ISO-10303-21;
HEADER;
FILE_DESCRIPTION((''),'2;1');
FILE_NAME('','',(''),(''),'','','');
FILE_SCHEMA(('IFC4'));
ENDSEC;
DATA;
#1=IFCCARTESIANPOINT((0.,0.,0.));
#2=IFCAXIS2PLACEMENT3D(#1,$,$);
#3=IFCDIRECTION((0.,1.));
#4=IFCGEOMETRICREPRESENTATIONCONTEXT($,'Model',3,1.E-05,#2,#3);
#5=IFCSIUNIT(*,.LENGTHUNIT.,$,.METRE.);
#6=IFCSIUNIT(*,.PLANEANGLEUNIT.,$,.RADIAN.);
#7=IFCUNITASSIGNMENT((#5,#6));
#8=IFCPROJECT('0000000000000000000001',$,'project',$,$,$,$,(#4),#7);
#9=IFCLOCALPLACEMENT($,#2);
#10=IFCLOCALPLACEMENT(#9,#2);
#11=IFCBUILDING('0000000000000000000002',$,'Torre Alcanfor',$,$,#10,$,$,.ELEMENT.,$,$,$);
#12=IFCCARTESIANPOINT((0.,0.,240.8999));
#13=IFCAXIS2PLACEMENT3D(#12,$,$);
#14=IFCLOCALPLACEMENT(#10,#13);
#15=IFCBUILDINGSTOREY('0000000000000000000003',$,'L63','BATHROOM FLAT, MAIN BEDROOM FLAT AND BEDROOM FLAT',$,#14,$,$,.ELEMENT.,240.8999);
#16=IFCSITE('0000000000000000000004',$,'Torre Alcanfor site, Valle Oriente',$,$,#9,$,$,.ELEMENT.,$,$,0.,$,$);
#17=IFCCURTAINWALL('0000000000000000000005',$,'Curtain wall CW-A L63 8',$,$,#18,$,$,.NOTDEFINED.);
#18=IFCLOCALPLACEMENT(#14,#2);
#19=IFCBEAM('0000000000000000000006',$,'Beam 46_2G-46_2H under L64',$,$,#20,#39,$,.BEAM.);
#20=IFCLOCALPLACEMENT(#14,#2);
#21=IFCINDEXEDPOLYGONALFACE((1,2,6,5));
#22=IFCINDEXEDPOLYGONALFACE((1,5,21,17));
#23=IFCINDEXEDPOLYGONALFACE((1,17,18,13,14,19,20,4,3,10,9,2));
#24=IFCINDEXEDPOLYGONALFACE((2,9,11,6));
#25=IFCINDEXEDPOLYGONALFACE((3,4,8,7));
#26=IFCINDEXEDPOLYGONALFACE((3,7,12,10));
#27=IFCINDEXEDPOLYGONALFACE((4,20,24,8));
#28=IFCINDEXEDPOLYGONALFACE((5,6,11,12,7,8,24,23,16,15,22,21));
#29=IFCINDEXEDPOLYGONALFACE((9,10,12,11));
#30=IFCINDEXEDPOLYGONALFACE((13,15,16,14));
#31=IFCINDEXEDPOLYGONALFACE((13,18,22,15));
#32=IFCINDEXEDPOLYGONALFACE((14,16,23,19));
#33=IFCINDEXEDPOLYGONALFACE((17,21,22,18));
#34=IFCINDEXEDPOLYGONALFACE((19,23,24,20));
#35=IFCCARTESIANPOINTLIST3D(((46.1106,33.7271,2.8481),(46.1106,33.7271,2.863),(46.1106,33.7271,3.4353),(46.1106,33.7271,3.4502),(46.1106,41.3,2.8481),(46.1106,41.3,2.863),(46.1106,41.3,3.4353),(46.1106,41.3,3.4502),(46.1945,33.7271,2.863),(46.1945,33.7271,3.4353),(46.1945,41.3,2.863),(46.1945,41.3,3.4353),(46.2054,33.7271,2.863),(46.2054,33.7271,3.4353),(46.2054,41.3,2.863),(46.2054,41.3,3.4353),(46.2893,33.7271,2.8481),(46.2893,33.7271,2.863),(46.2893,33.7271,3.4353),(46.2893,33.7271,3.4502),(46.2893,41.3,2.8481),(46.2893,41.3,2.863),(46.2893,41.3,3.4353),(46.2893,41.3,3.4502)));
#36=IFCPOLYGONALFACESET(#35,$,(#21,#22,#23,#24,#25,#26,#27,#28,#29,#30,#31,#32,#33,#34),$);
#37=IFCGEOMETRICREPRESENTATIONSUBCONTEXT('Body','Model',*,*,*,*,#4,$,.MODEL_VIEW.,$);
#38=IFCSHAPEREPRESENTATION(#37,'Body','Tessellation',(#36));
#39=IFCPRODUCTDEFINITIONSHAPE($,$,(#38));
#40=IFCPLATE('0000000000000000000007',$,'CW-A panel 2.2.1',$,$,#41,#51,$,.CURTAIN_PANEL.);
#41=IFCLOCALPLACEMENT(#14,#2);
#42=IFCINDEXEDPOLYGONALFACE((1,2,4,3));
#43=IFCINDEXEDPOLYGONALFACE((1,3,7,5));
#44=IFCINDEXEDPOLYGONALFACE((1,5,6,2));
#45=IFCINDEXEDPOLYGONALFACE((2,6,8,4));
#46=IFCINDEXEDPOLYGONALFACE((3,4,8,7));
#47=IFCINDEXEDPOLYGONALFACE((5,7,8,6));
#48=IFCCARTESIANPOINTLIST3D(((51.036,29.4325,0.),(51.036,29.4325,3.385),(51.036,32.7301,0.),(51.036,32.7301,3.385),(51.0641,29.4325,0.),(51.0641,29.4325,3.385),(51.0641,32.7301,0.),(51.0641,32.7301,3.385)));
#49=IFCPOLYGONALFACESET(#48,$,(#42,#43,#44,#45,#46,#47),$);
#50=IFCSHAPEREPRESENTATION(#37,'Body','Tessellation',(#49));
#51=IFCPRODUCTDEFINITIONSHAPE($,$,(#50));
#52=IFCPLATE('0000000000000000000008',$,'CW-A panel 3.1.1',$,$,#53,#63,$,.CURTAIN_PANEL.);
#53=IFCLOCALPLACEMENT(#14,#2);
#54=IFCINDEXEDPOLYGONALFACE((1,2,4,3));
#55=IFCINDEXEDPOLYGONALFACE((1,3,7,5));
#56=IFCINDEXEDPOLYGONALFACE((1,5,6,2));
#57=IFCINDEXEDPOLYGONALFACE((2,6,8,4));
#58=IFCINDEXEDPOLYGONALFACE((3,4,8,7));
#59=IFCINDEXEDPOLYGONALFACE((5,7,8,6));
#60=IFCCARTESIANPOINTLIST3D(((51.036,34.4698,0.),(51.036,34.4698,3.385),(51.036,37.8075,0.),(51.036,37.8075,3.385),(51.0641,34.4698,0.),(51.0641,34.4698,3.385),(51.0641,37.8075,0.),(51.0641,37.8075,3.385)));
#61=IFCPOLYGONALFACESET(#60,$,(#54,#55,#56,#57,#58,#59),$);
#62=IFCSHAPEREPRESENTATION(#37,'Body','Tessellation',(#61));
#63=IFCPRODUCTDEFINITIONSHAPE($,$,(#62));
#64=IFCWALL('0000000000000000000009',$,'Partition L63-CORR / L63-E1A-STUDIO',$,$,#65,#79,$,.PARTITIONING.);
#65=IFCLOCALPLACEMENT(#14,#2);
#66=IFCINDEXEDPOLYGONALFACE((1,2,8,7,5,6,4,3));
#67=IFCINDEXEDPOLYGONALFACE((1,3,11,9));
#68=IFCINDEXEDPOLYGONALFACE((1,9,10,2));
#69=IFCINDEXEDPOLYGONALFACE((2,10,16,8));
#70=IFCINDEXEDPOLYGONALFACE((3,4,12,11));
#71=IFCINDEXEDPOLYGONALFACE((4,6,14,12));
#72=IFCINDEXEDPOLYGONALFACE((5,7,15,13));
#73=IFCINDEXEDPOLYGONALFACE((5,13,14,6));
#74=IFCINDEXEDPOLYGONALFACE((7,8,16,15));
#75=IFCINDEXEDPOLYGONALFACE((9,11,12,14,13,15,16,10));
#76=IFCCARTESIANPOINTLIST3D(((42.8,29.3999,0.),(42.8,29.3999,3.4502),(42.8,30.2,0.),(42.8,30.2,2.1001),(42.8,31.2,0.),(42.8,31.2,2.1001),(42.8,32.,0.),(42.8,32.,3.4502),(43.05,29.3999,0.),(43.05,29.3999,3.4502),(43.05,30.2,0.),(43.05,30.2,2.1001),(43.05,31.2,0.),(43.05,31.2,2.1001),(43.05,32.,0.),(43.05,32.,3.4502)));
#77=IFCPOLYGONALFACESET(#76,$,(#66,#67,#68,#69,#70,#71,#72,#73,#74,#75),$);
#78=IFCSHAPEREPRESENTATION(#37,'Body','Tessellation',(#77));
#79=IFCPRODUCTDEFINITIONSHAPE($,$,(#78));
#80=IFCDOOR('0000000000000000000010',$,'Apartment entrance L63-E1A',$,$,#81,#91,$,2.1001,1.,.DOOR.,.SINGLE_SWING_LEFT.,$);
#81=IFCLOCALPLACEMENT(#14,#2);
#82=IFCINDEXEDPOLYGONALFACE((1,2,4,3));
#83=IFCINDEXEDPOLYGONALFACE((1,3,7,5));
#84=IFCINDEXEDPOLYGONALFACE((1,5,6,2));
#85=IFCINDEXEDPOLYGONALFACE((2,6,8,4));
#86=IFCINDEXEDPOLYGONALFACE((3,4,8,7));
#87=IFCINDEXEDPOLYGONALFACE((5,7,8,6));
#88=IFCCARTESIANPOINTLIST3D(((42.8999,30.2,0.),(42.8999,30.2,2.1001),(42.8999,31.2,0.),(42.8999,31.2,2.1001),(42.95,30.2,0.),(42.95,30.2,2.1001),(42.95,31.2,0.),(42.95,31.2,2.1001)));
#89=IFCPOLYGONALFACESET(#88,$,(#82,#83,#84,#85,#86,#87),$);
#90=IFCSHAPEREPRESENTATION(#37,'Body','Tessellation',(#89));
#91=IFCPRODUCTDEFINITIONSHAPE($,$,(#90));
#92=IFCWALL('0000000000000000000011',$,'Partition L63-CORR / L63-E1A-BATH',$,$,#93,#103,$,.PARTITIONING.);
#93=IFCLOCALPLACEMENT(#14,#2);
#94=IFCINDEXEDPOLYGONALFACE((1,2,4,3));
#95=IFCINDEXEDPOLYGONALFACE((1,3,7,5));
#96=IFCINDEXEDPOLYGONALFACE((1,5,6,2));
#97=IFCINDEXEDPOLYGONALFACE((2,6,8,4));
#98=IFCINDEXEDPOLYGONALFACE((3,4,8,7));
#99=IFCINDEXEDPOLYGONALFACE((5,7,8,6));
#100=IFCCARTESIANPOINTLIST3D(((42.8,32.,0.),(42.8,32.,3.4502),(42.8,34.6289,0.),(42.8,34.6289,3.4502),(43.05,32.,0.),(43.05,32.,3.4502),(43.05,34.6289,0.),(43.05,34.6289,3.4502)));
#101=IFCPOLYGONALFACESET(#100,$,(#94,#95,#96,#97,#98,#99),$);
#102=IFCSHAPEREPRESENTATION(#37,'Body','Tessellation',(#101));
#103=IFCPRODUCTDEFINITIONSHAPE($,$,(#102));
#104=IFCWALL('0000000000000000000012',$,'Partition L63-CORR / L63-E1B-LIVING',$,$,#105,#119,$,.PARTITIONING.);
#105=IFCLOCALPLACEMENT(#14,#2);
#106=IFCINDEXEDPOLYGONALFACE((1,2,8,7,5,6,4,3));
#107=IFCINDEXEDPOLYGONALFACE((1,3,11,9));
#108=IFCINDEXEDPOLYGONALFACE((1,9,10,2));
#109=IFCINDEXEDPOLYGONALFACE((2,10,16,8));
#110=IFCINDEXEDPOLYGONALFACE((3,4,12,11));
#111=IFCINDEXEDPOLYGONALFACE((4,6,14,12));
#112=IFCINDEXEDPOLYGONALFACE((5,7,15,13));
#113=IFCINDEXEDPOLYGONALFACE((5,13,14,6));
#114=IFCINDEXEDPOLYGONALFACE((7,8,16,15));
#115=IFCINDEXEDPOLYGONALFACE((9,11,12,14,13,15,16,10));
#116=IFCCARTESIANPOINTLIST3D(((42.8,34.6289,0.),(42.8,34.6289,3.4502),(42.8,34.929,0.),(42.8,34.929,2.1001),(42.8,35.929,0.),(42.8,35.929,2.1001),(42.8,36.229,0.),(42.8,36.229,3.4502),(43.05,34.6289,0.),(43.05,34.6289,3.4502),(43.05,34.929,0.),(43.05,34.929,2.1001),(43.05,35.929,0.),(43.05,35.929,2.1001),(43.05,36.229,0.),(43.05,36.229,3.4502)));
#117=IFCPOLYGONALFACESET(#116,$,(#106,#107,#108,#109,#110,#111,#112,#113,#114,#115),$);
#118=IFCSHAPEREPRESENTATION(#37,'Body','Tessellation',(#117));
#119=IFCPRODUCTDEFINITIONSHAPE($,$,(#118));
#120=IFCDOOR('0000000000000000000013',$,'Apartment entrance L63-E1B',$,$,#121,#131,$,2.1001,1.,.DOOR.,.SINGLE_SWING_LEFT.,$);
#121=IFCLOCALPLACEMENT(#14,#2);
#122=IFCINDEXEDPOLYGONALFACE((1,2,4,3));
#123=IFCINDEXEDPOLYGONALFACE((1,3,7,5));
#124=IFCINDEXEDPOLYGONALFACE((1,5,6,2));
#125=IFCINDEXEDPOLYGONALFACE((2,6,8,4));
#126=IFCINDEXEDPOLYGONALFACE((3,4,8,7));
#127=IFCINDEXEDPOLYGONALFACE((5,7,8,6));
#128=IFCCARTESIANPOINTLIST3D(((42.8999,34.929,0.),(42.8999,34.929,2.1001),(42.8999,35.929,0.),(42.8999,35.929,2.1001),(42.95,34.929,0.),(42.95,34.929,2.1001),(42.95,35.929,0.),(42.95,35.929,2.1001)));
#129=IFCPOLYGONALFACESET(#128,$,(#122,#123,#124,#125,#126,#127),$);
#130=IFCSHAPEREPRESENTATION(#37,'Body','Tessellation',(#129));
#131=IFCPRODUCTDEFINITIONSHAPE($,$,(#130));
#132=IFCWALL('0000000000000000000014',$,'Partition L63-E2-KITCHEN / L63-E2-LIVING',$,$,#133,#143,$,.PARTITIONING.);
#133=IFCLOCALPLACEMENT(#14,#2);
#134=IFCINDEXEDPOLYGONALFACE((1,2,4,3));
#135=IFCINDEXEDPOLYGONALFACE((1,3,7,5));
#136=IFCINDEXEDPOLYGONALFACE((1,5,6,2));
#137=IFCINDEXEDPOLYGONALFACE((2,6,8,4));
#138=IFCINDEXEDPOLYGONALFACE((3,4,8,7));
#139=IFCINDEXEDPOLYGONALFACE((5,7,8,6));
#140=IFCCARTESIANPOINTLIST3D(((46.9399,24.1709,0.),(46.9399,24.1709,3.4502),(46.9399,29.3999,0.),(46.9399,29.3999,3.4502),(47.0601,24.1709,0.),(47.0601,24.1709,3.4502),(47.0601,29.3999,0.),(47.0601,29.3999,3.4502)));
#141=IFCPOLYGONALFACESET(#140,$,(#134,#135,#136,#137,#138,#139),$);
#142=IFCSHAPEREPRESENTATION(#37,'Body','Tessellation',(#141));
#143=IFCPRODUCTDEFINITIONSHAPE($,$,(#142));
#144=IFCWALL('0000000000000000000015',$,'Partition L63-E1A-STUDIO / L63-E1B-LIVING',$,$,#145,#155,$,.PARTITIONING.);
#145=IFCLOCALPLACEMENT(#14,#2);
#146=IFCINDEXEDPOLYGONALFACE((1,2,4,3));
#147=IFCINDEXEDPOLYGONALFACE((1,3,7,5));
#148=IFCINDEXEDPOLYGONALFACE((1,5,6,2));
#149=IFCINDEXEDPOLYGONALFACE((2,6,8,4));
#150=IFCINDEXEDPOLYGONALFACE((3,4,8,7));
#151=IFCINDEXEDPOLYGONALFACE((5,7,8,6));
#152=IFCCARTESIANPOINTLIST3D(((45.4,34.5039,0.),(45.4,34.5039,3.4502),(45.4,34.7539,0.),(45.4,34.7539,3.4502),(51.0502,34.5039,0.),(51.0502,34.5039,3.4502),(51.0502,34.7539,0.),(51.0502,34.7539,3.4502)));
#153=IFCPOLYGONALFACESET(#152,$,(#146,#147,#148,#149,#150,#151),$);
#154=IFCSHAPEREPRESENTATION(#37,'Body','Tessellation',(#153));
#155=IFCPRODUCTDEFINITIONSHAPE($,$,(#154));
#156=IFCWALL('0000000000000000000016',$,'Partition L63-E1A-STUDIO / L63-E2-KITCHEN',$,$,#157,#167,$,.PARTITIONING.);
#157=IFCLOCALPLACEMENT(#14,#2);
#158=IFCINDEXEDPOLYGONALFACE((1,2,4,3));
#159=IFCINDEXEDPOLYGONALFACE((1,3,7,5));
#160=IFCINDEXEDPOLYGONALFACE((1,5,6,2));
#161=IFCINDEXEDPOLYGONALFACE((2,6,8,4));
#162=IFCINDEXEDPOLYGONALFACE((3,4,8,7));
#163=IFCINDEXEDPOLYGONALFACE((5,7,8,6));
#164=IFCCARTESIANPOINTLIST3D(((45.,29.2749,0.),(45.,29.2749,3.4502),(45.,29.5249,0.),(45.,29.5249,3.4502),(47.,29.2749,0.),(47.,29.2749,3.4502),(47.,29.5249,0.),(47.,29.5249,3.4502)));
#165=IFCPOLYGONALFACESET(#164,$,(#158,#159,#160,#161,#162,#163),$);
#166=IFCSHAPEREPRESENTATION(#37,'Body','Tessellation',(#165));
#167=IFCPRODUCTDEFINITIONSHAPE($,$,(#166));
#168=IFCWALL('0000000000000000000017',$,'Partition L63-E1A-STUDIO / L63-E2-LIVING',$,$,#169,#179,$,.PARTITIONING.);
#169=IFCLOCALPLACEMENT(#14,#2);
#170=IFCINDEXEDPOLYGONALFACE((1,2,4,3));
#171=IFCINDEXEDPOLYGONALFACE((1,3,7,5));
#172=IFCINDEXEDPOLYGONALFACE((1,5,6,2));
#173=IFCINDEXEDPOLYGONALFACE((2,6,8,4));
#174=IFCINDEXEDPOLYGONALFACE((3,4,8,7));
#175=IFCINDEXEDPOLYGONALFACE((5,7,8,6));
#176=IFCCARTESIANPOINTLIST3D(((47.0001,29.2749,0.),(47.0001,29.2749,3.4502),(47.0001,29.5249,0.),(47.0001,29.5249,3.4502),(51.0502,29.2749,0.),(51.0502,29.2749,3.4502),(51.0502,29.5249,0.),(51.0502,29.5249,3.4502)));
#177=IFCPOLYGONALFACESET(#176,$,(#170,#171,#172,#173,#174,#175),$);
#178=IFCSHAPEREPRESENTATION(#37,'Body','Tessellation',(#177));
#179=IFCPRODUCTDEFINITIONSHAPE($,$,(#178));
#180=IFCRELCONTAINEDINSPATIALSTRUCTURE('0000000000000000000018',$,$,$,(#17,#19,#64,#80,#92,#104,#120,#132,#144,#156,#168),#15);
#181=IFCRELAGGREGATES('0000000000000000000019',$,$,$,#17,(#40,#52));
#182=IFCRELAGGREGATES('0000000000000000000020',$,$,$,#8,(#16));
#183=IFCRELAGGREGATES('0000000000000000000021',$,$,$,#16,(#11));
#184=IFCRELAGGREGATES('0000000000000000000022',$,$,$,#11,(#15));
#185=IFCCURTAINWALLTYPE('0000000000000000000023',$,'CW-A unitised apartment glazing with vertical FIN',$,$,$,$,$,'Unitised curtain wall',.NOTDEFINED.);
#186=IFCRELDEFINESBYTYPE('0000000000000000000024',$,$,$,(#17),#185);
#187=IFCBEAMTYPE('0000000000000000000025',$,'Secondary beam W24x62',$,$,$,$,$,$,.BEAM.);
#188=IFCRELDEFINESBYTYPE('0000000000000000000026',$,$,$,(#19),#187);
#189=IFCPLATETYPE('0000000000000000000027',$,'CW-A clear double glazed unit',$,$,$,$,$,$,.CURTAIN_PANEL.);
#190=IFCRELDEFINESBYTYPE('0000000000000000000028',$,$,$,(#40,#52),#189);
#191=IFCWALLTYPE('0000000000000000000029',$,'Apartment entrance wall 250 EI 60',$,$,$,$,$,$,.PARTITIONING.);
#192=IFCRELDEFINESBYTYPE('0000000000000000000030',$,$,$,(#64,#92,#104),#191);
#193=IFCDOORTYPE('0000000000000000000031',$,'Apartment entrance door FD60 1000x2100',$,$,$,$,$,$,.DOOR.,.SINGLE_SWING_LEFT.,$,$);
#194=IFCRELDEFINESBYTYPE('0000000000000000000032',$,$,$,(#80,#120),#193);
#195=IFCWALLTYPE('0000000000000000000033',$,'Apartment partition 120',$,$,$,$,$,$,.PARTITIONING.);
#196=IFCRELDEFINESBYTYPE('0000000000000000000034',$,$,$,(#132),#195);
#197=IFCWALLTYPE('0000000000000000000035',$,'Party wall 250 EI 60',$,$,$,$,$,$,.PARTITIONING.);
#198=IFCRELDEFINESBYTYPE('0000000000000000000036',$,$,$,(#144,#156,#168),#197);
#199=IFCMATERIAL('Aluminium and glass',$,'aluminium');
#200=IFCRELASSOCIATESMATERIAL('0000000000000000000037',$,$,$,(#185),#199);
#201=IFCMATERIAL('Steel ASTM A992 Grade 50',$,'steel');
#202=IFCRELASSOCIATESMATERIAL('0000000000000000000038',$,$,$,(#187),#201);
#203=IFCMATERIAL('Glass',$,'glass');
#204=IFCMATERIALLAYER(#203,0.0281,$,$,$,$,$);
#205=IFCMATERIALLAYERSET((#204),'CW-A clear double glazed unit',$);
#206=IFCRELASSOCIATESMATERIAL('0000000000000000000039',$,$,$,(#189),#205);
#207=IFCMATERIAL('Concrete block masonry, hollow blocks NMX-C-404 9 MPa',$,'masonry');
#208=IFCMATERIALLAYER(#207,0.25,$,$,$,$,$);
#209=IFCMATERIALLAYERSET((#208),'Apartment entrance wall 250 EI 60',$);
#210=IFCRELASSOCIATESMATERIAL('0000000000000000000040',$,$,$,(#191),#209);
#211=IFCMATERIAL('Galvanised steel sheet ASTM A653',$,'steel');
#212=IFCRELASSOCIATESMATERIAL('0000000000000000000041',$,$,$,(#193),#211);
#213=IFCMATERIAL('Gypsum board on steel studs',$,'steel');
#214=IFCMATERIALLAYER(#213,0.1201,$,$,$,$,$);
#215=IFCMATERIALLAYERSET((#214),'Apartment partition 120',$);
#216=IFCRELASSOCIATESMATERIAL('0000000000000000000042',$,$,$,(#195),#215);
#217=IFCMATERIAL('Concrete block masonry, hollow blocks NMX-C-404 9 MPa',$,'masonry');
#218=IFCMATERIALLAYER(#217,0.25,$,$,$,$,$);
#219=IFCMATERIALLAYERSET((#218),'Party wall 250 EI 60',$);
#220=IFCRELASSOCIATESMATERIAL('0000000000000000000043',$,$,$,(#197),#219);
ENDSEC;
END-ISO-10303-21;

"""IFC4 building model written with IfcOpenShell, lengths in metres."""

from ifc_helpers import new_model, si_unit, direction, frame, frame_2d, origin, origin_2d, place, context, subcontext, project, spatial, rectangle, i_section, extrude, material, layer, layer_set, material_profile, profile_set, type_object, element, fill, aggregate, save


model = new_model("IFC4")

# Units and contexts
model_context = context("Model", 3, precision=1e-05, world=origin(), true_north=direction((0.0, 1.0)))
body_context = subcontext(model_context, "Body", "Model", "MODEL_VIEW")
ifc_project = project(units=[si_unit("LENGTHUNIT", "METRE"), si_unit("PLANEANGLEUNIT", "RADIAN")], contexts=[model_context])

# Site, building, storey
site_placement = place(None, origin())
site = spatial("IfcSite", under=ifc_project, at=site_placement, Name="Torre Alcanfor site, Valle Oriente", CompositionType="ELEMENT", RefElevation=0.0)
building_placement = place(site_placement, origin())
building = spatial("IfcBuilding", under=site, at=building_placement, Name="Torre Alcanfor", CompositionType="ELEMENT")
storey_placement = place(building_placement, frame((0.0, 0.0, 240.8999)))
storey = spatial("IfcBuildingStorey", under=building, at=storey_placement, Name="L63", Description="BATHROOM FLAT, MAIN BEDROOM FLAT AND BEDROOM FLAT", CompositionType="ELEMENT", Elevation=240.8999)

# Curtain wall
ifc_material_1 = material(Name="Aluminium and glass", Category="aluminium")
curtain_wall_type = type_object("IfcCurtainWallType", Name="CW-A unitised apartment glazing with vertical FIN", ElementType="Unitised curtain wall", PredefinedType="NOTDEFINED", material=ifc_material_1)
curtain_wall_placement = place(storey_placement, origin())
curtain_wall = element("IfcCurtainWall", 1, at=curtain_wall_placement, inside=storey, type_object=curtain_wall_type, Name="Curtain wall CW-A L63 8", PredefinedType="NOTDEFINED")

# Beam
ifc_material_2 = material(Name="Steel ASTM A992 Grade 50", Category="steel")
ifc_material_profile_1 = material_profile(ifc_material_2, i_section(OverallWidth=0.1787, OverallDepth=0.6021, WebThickness=0.011, FlangeThickness=0.0149, at=origin_2d()), Name="W24x62")
ifc_profile_set_1 = profile_set([ifc_material_profile_1], Name="Steel ASTM A992 Grade 50")
beam_type_1 = type_object("IfcBeamType", Name="Secondary beam W24x62", PredefinedType="BEAM", material=ifc_profile_set_1)
beam_1_placement = place(storey_placement, frame((46.2, 33.7271, 3.1492), z_axis=(0.0, 1.0, 0.0), x_axis=(-1.0, 0.0, 0.0)))
element("IfcBeam", 2, at=beam_1_placement, inside=storey, type_object=beam_type_1, Name="Beam 46_2G-46_2H under L64", PredefinedType="BEAM", context=body_context, shape_type="SweptSolid", body=[
    extrude(i_section(OverallWidth=0.1787, OverallDepth=0.6021, WebThickness=0.011, FlangeThickness=0.0149, at=origin_2d()), origin(), (0.0, 0.0, 1.0), 7.573),
])

# Plates
ifc_material_3 = material(Name="Glass", Category="glass")
ifc_layer_1 = layer(ifc_material_3, 0.0281)
ifc_layer_set_1 = layer_set([ifc_layer_1], Name="CW-A clear double glazed unit")
plate_type = type_object("IfcPlateType", Name="CW-A clear double glazed unit", PredefinedType="CURTAIN_PANEL", material=ifc_layer_set_1)
plate_1_placement = place(storey_placement, frame((51.05, 31.0813, 0.0), z_axis=(0.0, 0.0, 1.0), x_axis=(0.0, 1.0, 0.0)))
plate_1 = element("IfcPlate", 3, at=plate_1_placement, type_object=plate_type, Name="CW-A panel 2.2.1", PredefinedType="CURTAIN_PANEL", context=body_context, shape_type="SweptSolid", body=[
    extrude(rectangle(XDim=3.2976, YDim=0.0281, at=origin_2d()), origin(), (0.0, 0.0, 1.0), 3.385),
])
plate_2_placement = place(storey_placement, frame((51.05, 36.1387, 0.0), z_axis=(0.0, 0.0, 1.0), x_axis=(0.0, 1.0, 0.0)))
plate_2 = element("IfcPlate", 4, at=plate_2_placement, type_object=plate_type, Name="CW-A panel 3.1.1", PredefinedType="CURTAIN_PANEL", context=body_context, shape_type="SweptSolid", body=[
    extrude(rectangle(XDim=3.3376, YDim=0.0281, at=origin_2d()), origin(), (0.0, 0.0, 1.0), 3.385),
])
aggregate(curtain_wall, [plate_1, plate_2])

# Wall, opening, door
ifc_material_4 = material(Name="Concrete block masonry, hollow blocks NMX-C-404 9 MPa", Category="masonry")
ifc_layer_2 = layer(ifc_material_4, 0.25)
ifc_layer_set_2 = layer_set([ifc_layer_2], Name="Apartment entrance wall 250 EI 60")
wall_type_1 = type_object("IfcWallType", Name="Apartment entrance wall 250 EI 60", PredefinedType="PARTITIONING", material=ifc_layer_set_2)
wall_1_placement = place(storey_placement, frame((42.925, 32.0, 0.0), z_axis=(0.0, 0.0, 1.0), x_axis=(0.0, -1.0, 0.0)))
wall_1 = element("IfcWall", 5, at=wall_1_placement, inside=storey, type_object=wall_type_1, Name="Partition L63-CORR / L63-E1A-STUDIO", PredefinedType="PARTITIONING", context=body_context, shape_type="SweptSolid", body=[
    extrude(rectangle(XDim=2.6001, YDim=0.25, at=frame_2d((1.3, 0.0))), origin(), (0.0, 0.0, 1.0), 3.4502),
])
opening_1_placement = place(wall_1_placement, frame((0.8, 0.0, 0.0)))
opening_1 = element("IfcOpeningElement", 6, at=opening_1_placement, cuts=wall_1, PredefinedType="OPENING", context=body_context, shape_type="SweptSolid", body=[
    extrude(rectangle(XDim=1.0, YDim=2.1001, at=frame_2d((0.5, 1.05))), frame((0.0, 0.135, 0.0), z_axis=(0.0, -1.0, 0.0), x_axis=(1.0, 0.0, 0.0)), (0.0, 0.0, 1.0), 0.27),
])
ifc_material_5 = material(Name="Galvanised steel sheet ASTM A653", Category="steel")
door_type_1 = type_object("IfcDoorType", Name="Apartment entrance door FD60 1000x2100", OperationType="SINGLE_SWING_LEFT", PredefinedType="DOOR", material=ifc_material_5)
door_1_placement = place(opening_1_placement, origin())
door_1 = element("IfcDoor", 7, at=door_1_placement, inside=storey, type_object=door_type_1, Name="Apartment entrance L63-E1A", OperationType="SINGLE_SWING_LEFT", OverallHeight=2.1001, OverallWidth=1.0, PredefinedType="DOOR", context=body_context, shape_type="SweptSolid", body=[
    extrude(rectangle(XDim=1.0, YDim=2.1001, at=frame_2d((0.5, 1.05))), frame((0.0, 0.0249, 0.0), z_axis=(0.0, -1.0, 0.0), x_axis=(1.0, 0.0, 0.0)), (0.0, 0.0, 1.0), 0.05),
])
fill(opening_1, door_1)

# Wall
wall_2_placement = place(storey_placement, frame((42.925, 34.6289, 0.0), z_axis=(0.0, 0.0, 1.0), x_axis=(0.0, -1.0, 0.0)))
element("IfcWall", 8, at=wall_2_placement, inside=storey, type_object=wall_type_1, Name="Partition L63-CORR / L63-E1A-BATH", PredefinedType="PARTITIONING", context=body_context, shape_type="SweptSolid", body=[
    extrude(rectangle(XDim=2.6289, YDim=0.25, at=frame_2d((1.3145, 0.0))), origin(), (0.0, 0.0, 1.0), 3.4502),
])

# Wall, opening, door
wall_3_placement = place(storey_placement, frame((42.925, 36.229, 0.0), z_axis=(0.0, 0.0, 1.0), x_axis=(0.0, -1.0, 0.0)))
wall_3 = element("IfcWall", 9, at=wall_3_placement, inside=storey, type_object=wall_type_1, Name="Partition L63-CORR / L63-E1B-LIVING", PredefinedType="PARTITIONING", context=body_context, shape_type="SweptSolid", body=[
    extrude(rectangle(XDim=1.6001, YDim=0.25, at=frame_2d((0.8, 0.0))), origin(), (0.0, 0.0, 1.0), 3.4502),
])
opening_2_placement = place(wall_3_placement, frame((0.3, 0.0, 0.0)))
opening_2 = element("IfcOpeningElement", 10, at=opening_2_placement, cuts=wall_3, PredefinedType="OPENING", context=body_context, shape_type="SweptSolid", body=[
    extrude(rectangle(XDim=1.0, YDim=2.1001, at=frame_2d((0.5, 1.05))), frame((0.0, 0.135, 0.0), z_axis=(0.0, -1.0, 0.0), x_axis=(1.0, 0.0, 0.0)), (0.0, 0.0, 1.0), 0.27),
])
door_2_placement = place(opening_2_placement, origin())
door_2 = element("IfcDoor", 11, at=door_2_placement, inside=storey, type_object=door_type_1, Name="Apartment entrance L63-E1B", OperationType="SINGLE_SWING_LEFT", OverallHeight=2.1001, OverallWidth=1.0, PredefinedType="DOOR", context=body_context, shape_type="SweptSolid", body=[
    extrude(rectangle(XDim=1.0, YDim=2.1001, at=frame_2d((0.5, 1.05))), frame((0.0, 0.0249, 0.0), z_axis=(0.0, -1.0, 0.0), x_axis=(1.0, 0.0, 0.0)), (0.0, 0.0, 1.0), 0.05),
])
fill(opening_2, door_2)

# Walls
ifc_material_6 = material(Name="Gypsum board on steel studs", Category="steel")
ifc_layer_3 = layer(ifc_material_6, 0.1201)
ifc_layer_set_3 = layer_set([ifc_layer_3], Name="Apartment partition 120")
wall_type_2 = type_object("IfcWallType", Name="Apartment partition 120", PredefinedType="PARTITIONING", material=ifc_layer_set_3)
wall_4_placement = place(storey_placement, frame((47.0, 29.3999, 0.0), z_axis=(0.0, 0.0, 1.0), x_axis=(0.0, -1.0, 0.0)))
element("IfcWall", 12, at=wall_4_placement, inside=storey, type_object=wall_type_2, Name="Partition L63-E2-KITCHEN / L63-E2-LIVING", PredefinedType="PARTITIONING", context=body_context, shape_type="SweptSolid", body=[
    extrude(rectangle(XDim=5.229, YDim=0.1201, at=frame_2d((2.6145, 0.0))), origin(), (0.0, 0.0, 1.0), 3.4502),
])
ifc_material_7 = material(Name="Concrete block masonry, hollow blocks NMX-C-404 9 MPa", Category="masonry")
ifc_layer_4 = layer(ifc_material_7, 0.25)
ifc_layer_set_4 = layer_set([ifc_layer_4], Name="Party wall 250 EI 60")
wall_type_3 = type_object("IfcWallType", Name="Party wall 250 EI 60", PredefinedType="PARTITIONING", material=ifc_layer_set_4)
wall_5_placement = place(storey_placement, frame((45.3999, 34.6289, 0.0), z_axis=(0.0, 0.0, 1.0), x_axis=(1.0, 0.0, 0.0)))
element("IfcWall", 13, at=wall_5_placement, inside=storey, type_object=wall_type_3, Name="Partition L63-E1A-STUDIO / L63-E1B-LIVING", PredefinedType="PARTITIONING", context=body_context, shape_type="SweptSolid", body=[
    extrude(rectangle(XDim=5.6501, YDim=0.25, at=frame_2d((2.8252, 0.0))), origin(), (0.0, 0.0, 1.0), 3.4502),
])
wall_6_placement = place(storey_placement, frame((47.0, 29.3999, 0.0), z_axis=(0.0, 0.0, 1.0), x_axis=(-1.0, 0.0, 0.0)))
element("IfcWall", 14, at=wall_6_placement, inside=storey, type_object=wall_type_3, Name="Partition L63-E1A-STUDIO / L63-E2-KITCHEN", PredefinedType="PARTITIONING", context=body_context, shape_type="SweptSolid", body=[
    extrude(rectangle(XDim=2.0, YDim=0.25, at=frame_2d((1.0, 0.0))), origin(), (0.0, 0.0, 1.0), 3.4502),
])
wall_7_placement = place(storey_placement, frame((51.05, 29.3999, 0.0), z_axis=(0.0, 0.0, 1.0), x_axis=(-1.0, 0.0, 0.0)))
element("IfcWall", 15, at=wall_7_placement, inside=storey, type_object=wall_type_3, Name="Partition L63-E1A-STUDIO / L63-E2-LIVING", PredefinedType="PARTITIONING", context=body_context, shape_type="SweptSolid", body=[
    extrude(rectangle(XDim=4.05, YDim=0.25, at=frame_2d((2.0249, 0.0))), origin(), (0.0, 0.0, 1.0), 3.4502),
])

save(model, "model.ifc")
